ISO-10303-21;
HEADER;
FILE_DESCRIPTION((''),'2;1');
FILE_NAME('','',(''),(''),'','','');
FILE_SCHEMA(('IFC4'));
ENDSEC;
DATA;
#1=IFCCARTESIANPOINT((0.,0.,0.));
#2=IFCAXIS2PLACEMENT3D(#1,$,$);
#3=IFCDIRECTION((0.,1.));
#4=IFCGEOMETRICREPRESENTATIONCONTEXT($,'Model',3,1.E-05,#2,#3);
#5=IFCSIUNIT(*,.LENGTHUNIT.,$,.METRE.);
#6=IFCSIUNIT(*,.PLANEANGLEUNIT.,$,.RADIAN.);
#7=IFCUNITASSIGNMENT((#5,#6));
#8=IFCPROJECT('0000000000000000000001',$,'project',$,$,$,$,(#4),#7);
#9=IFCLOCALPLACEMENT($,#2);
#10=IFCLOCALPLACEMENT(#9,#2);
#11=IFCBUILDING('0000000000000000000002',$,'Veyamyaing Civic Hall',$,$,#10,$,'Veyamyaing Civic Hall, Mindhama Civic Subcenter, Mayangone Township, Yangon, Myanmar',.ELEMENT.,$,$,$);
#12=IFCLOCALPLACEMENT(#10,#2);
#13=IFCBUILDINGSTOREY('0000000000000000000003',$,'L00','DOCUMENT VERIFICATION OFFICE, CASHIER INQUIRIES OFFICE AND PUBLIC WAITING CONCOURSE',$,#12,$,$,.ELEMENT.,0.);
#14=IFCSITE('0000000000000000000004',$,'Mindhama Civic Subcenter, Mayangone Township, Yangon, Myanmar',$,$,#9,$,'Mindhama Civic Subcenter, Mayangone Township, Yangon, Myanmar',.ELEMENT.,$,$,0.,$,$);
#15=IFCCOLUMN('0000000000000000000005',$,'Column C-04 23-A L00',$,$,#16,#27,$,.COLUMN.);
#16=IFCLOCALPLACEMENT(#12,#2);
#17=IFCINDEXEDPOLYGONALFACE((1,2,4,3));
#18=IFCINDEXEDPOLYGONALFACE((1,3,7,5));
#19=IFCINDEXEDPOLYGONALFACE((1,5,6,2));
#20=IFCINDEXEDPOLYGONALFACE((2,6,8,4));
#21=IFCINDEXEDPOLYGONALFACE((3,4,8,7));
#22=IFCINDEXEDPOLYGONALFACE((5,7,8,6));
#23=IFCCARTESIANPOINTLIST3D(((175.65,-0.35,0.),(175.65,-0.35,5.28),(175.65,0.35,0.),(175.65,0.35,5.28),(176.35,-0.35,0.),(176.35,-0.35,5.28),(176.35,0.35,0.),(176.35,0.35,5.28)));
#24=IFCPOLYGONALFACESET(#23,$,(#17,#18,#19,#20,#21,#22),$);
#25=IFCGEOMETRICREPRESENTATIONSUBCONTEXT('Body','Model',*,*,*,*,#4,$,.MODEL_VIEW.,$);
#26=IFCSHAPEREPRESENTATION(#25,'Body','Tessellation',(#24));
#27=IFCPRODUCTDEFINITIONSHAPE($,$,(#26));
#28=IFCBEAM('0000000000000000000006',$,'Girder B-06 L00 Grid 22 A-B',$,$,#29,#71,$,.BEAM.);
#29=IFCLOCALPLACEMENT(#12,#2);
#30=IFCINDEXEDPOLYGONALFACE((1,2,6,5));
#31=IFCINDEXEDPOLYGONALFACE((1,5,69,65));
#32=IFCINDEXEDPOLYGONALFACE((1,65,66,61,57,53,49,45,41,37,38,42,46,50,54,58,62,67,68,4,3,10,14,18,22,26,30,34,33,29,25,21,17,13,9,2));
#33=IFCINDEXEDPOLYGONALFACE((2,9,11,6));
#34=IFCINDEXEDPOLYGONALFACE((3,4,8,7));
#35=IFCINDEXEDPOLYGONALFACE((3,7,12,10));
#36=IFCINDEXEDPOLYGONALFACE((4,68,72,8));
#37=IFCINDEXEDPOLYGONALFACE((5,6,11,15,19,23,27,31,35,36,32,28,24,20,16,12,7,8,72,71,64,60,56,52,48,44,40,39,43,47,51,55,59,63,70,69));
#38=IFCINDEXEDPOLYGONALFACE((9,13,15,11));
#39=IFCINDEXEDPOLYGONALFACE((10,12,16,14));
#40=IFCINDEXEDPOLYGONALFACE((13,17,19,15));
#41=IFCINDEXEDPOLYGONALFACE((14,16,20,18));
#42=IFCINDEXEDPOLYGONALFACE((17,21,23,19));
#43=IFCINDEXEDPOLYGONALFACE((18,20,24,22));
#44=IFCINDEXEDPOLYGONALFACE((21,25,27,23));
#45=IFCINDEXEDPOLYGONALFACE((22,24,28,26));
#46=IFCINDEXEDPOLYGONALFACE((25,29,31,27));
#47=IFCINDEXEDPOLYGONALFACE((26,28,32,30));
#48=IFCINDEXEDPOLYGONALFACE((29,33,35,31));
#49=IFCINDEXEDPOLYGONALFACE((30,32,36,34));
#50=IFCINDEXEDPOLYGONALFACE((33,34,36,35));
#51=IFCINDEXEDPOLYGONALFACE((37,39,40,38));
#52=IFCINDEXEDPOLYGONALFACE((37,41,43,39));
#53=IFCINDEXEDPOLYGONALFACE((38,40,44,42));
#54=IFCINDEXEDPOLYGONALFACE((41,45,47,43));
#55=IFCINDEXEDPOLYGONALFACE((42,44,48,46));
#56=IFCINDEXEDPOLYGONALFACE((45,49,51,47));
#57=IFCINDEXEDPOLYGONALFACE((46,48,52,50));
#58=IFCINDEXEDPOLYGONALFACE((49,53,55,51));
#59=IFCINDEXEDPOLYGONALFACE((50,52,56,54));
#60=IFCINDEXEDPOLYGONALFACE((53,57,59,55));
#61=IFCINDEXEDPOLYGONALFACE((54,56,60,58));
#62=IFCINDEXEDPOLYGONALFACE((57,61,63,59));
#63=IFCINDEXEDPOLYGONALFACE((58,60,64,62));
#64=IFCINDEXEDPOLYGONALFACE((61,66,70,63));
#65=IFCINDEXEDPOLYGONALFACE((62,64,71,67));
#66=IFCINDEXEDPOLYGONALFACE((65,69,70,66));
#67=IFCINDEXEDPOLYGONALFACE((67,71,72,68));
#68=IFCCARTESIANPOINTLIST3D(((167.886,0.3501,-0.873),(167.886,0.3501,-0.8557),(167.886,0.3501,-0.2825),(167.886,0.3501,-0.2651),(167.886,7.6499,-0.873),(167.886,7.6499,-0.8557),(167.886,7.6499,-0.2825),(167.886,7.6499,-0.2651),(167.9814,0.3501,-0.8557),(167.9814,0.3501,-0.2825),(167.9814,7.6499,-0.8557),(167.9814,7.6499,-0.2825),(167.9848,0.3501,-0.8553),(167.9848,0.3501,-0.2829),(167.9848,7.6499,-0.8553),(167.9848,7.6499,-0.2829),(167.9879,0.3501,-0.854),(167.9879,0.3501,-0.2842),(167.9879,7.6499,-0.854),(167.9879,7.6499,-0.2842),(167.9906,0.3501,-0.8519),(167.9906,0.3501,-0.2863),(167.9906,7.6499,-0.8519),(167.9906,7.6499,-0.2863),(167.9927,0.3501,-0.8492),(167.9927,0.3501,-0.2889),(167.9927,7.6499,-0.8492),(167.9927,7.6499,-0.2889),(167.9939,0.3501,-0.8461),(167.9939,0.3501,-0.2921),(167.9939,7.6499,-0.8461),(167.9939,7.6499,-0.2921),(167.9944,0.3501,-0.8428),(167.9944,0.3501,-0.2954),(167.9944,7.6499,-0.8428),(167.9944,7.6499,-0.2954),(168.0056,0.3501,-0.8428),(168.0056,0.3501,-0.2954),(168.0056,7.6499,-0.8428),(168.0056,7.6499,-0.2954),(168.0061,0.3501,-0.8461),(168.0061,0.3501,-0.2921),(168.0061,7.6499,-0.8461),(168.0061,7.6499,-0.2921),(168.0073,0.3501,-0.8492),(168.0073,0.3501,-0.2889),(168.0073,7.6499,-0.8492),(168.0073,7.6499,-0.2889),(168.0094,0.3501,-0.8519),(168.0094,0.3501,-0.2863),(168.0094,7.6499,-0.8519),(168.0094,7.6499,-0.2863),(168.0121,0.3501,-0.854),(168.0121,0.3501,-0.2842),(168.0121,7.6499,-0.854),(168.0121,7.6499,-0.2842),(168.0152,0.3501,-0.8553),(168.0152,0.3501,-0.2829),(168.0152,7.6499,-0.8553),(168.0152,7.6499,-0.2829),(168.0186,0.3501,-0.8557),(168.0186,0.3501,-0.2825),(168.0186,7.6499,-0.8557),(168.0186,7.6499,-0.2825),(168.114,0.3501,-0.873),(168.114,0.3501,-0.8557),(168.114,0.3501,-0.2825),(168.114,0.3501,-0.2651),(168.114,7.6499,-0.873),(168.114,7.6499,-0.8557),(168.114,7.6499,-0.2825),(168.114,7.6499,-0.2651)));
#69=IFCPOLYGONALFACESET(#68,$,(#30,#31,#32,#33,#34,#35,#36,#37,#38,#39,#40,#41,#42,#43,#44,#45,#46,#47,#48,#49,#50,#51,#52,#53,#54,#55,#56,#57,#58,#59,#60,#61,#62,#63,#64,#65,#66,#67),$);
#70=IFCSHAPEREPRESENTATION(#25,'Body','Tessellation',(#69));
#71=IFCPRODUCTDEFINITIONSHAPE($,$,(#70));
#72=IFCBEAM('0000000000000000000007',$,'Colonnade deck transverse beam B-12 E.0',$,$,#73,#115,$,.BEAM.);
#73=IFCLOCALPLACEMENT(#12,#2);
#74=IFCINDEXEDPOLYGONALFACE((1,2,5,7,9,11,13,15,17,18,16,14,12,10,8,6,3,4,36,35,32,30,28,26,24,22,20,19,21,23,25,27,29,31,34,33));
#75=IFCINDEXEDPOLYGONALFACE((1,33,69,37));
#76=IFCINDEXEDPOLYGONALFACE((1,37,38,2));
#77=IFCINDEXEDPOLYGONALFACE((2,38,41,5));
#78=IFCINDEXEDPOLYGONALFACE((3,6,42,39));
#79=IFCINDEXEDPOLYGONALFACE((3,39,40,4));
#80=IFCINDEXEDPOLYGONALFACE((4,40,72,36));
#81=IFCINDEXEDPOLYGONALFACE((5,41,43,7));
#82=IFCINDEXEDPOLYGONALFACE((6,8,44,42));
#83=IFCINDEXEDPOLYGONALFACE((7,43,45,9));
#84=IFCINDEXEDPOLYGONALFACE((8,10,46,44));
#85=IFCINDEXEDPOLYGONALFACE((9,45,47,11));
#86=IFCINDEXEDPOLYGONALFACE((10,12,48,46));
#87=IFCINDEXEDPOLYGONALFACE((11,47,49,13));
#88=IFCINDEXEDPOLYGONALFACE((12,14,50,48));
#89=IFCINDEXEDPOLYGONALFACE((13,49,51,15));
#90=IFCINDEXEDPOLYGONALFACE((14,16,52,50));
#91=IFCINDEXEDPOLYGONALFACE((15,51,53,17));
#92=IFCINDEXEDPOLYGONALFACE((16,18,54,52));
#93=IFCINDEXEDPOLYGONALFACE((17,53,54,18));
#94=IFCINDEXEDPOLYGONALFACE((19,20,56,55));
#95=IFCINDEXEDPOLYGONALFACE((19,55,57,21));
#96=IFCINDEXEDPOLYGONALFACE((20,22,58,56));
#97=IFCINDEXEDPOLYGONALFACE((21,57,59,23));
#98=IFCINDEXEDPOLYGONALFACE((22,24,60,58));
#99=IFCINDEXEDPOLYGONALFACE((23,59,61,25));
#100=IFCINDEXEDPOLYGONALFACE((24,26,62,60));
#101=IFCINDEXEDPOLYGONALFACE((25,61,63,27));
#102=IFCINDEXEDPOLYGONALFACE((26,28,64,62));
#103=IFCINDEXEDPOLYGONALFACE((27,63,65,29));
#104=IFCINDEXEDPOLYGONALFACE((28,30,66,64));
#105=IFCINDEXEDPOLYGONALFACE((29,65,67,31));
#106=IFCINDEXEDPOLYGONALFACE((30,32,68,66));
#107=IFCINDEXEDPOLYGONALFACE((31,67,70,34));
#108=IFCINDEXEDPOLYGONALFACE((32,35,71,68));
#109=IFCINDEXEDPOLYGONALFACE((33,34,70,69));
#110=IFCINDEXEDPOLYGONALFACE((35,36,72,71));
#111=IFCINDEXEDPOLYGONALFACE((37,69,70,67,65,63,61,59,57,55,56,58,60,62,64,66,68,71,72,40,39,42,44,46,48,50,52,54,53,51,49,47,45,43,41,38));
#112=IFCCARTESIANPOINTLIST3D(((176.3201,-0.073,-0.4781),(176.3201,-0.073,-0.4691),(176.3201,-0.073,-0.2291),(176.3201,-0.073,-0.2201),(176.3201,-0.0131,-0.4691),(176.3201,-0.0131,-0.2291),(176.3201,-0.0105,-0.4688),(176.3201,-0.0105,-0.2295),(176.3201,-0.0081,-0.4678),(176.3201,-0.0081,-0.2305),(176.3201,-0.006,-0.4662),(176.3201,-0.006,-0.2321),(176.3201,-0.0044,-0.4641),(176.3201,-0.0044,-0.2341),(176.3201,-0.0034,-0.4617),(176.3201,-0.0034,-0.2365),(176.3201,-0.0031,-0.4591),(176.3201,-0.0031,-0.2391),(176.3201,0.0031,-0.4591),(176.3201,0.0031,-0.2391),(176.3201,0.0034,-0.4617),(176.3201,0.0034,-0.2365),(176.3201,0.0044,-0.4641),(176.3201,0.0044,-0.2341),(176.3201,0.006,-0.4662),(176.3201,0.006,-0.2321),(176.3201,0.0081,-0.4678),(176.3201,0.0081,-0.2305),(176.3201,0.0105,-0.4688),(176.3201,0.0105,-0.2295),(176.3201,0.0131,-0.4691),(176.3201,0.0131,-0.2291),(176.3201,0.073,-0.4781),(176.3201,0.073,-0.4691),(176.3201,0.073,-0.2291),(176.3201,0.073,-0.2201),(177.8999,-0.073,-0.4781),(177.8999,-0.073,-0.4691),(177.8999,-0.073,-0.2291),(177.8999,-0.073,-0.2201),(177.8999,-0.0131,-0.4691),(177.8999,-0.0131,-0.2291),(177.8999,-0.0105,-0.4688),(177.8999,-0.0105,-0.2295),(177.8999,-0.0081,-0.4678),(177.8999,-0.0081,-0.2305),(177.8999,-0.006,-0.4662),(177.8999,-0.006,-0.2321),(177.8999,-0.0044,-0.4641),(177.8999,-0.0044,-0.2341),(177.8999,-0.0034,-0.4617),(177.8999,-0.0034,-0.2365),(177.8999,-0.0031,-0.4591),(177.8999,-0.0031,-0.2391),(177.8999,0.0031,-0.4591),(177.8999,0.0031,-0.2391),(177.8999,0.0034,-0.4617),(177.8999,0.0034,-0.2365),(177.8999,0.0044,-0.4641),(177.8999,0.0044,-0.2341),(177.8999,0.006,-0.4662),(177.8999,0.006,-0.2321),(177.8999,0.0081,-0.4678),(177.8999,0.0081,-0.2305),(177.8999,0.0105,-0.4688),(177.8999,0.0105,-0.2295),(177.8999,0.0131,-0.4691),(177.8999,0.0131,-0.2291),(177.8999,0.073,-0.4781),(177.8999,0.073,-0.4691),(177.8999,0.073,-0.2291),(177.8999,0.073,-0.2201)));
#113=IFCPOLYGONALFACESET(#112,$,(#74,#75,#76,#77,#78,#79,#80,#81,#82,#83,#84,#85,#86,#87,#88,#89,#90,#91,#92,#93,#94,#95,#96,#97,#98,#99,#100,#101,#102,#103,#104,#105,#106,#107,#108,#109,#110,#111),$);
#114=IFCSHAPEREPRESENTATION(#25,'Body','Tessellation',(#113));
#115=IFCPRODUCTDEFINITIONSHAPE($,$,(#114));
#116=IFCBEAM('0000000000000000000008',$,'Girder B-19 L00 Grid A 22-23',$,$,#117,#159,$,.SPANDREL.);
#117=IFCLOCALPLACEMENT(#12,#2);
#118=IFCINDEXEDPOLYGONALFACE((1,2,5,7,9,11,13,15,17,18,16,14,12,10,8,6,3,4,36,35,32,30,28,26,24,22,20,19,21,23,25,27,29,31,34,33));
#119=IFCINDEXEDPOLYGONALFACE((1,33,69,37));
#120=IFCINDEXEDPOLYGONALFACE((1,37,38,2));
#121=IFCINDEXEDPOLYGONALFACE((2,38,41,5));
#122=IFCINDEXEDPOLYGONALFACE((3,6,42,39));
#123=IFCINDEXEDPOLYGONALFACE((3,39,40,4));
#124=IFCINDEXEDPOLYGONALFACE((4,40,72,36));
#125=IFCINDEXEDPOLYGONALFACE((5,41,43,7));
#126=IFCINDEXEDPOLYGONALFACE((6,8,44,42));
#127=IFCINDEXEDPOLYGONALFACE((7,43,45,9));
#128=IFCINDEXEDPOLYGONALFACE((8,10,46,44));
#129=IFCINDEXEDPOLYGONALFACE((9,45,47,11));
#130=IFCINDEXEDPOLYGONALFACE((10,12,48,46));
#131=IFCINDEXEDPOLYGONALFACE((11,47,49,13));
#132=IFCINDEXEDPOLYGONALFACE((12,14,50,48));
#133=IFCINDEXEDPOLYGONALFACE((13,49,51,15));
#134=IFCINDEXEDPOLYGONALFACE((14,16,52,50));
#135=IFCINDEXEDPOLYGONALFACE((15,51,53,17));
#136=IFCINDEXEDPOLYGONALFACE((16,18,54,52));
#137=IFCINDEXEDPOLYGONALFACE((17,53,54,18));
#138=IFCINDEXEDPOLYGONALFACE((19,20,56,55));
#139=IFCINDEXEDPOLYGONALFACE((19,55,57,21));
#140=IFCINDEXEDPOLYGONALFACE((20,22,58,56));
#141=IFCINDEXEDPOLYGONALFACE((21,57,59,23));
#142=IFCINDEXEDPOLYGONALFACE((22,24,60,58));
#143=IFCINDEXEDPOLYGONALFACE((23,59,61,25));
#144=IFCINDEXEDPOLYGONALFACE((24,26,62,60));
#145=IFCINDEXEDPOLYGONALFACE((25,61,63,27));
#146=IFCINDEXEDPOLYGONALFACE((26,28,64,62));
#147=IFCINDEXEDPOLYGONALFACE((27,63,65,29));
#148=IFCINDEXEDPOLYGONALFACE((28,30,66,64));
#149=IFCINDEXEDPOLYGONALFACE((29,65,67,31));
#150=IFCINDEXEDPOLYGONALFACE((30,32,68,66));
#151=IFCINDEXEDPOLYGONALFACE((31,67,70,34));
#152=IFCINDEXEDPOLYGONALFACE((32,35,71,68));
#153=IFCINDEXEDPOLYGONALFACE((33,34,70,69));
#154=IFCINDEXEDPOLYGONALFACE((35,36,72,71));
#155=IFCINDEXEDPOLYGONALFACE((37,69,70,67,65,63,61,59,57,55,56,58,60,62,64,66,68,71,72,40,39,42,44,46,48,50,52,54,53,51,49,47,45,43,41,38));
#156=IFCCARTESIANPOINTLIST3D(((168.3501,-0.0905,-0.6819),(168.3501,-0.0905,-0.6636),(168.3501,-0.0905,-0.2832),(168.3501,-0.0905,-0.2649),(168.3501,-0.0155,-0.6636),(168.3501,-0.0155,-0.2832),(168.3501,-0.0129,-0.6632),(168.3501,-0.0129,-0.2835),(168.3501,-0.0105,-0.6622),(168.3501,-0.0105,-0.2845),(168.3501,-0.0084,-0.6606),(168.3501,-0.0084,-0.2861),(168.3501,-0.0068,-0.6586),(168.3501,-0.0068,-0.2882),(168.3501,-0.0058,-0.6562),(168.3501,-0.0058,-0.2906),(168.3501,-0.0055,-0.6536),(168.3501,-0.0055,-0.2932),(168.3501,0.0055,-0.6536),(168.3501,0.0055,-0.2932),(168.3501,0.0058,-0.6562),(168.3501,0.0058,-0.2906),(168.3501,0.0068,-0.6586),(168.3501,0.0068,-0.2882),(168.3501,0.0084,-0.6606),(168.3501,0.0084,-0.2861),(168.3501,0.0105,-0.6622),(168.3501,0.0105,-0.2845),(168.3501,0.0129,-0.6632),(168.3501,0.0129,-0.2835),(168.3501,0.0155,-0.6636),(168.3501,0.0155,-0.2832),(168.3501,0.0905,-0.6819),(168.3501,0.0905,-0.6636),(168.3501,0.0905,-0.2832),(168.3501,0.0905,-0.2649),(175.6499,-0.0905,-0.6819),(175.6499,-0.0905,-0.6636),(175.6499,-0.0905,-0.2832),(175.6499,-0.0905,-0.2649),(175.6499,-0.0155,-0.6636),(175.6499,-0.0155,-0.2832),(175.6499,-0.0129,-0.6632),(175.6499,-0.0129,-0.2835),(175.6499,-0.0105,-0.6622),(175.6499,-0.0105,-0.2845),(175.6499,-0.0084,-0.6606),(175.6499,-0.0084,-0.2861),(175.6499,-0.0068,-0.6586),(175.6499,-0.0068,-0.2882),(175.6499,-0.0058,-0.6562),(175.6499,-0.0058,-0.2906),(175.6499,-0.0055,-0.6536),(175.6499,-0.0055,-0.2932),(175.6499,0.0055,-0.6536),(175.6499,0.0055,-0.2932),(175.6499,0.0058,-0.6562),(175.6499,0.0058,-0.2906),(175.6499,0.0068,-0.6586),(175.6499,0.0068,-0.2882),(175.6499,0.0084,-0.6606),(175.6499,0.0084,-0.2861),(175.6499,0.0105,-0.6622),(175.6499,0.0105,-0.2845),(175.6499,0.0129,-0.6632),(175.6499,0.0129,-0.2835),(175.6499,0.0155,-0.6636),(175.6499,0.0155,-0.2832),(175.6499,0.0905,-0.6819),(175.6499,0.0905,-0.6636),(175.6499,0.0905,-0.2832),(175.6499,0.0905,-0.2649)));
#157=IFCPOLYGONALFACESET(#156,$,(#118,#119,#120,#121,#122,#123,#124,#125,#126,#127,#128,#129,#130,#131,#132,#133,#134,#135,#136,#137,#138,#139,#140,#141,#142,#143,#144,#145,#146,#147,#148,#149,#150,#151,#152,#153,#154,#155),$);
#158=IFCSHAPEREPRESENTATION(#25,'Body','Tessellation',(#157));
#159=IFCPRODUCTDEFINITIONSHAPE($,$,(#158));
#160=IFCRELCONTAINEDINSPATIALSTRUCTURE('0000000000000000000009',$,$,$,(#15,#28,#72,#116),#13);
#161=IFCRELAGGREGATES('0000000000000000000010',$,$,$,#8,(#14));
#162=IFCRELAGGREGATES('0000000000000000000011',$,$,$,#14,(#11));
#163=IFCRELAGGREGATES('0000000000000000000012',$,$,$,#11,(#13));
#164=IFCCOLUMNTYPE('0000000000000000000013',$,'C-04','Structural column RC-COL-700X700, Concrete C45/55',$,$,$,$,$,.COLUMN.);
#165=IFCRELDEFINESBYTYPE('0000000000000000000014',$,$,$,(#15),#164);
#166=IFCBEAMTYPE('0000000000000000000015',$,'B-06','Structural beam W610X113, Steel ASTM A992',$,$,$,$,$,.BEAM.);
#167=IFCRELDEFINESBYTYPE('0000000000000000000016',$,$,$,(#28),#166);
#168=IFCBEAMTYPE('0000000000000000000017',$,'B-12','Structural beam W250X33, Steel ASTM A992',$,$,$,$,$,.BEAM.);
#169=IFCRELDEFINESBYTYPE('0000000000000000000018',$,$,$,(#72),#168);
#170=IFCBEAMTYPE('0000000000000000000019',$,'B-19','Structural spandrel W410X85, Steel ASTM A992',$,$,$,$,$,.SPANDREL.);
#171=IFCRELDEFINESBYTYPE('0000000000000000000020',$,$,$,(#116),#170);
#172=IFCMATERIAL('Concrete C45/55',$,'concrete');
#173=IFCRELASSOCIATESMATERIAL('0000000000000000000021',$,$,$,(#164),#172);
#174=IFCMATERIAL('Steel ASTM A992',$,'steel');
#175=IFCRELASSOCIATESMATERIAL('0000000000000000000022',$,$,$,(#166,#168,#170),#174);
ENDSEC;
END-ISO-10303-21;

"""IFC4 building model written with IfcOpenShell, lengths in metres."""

from ifc_helpers import new_model, si_unit, direction, frame, origin, origin_2d, place, context, subcontext, project, spatial, rectangle, i_section, extrude, material, material_profile, profile_set, type_object, element, save


model = new_model("IFC4")

# Units and contexts
model_context = context("Model", 3, precision=1e-05, world=origin(), true_north=direction((0.0, 1.0)))
body_context = subcontext(model_context, "Body", "Model", "MODEL_VIEW")
ifc_project = project(units=[si_unit("LENGTHUNIT", "METRE"), si_unit("PLANEANGLEUNIT", "RADIAN")], contexts=[model_context])

# Site, building, storey
site_placement = place(None, origin())
site = spatial("IfcSite", under=ifc_project, at=site_placement, Name="Mindhama Civic Subcenter, Mayangone Township, Yangon, Myanmar", LongName="Mindhama Civic Subcenter, Mayangone Township, Yangon, Myanmar", CompositionType="ELEMENT", RefElevation=0.0)
building_placement = place(site_placement, origin())
building = spatial("IfcBuilding", under=site, at=building_placement, Name="Veyamyaing Civic Hall", LongName="Veyamyaing Civic Hall, Mindhama Civic Subcenter, Mayangone Township, Yangon, Myanmar", CompositionType="ELEMENT")
storey_placement = place(building_placement, origin())
storey = spatial("IfcBuildingStorey", under=building, at=storey_placement, Name="L00", Description="DOCUMENT VERIFICATION OFFICE, CASHIER INQUIRIES OFFICE AND PUBLIC WAITING CONCOURSE", CompositionType="ELEMENT", Elevation=0.0)

# Column
ifc_material_1 = material(Name="Concrete C45/55", Category="concrete")
ifc_material_profile_1 = material_profile(ifc_material_1, rectangle(XDim=0.7, YDim=0.7, at=origin_2d()), Name="RC-COL-700X700")
ifc_profile_set_1 = profile_set([ifc_material_profile_1], Name="Concrete C45/55")
column_type = type_object("IfcColumnType", Name="C-04", Description="Structural column RC-COL-700X700, Concrete C45/55", PredefinedType="COLUMN", material=ifc_profile_set_1)
column_placement = place(storey_placement, frame((176.0, 0.0, 0.0), z_axis=(0.0, 0.0, 1.0), x_axis=(1.0, 0.0, 0.0)))
element("IfcColumn", 1, at=column_placement, inside=storey, type_object=column_type, Name="Column C-04 23-A L00", PredefinedType="COLUMN", context=body_context, shape_type="SweptSolid", body=[
    extrude(rectangle(XDim=0.7, YDim=0.7, at=origin_2d()), origin(), (0.0, 0.0, 1.0), 5.28),
])

# Beams
ifc_material_2 = material(Name="Steel ASTM A992", Category="steel")
ifc_material_profile_2 = material_profile(ifc_material_2, i_section(OverallWidth=0.228, OverallDepth=0.6079, WebThickness=0.0112, FlangeThickness=0.0173, FilletRadius=0.0129, at=origin_2d()), Name="W610X113")
ifc_profile_set_2 = profile_set([ifc_material_profile_2], Name="Steel ASTM A992")
beam_type_1 = type_object("IfcBeamType", Name="B-06", Description="Structural beam W610X113, Steel ASTM A992", PredefinedType="BEAM", material=ifc_profile_set_2)
beam_1_placement = place(storey_placement, frame((168.0, 0.3501, -0.5691), z_axis=(0.0, 1.0, 0.0), x_axis=(-1.0, 0.0, 0.0)))
element("IfcBeam", 2, at=beam_1_placement, inside=storey, type_object=beam_type_1, Name="Girder B-06 L00 Grid 22 A-B", PredefinedType="BEAM", context=body_context, shape_type="SweptSolid", body=[
    extrude(i_section(OverallWidth=0.228, OverallDepth=0.6079, WebThickness=0.0112, FlangeThickness=0.0173, FilletRadius=0.0129, at=origin_2d()), origin(), (0.0, 0.0, 1.0), 7.2998),
])
ifc_material_profile_3 = material_profile(ifc_material_2, i_section(OverallWidth=0.146, OverallDepth=0.2581, WebThickness=0.0061, FlangeThickness=0.009, FilletRadius=0.01, at=origin_2d()), Name="W250X33")
ifc_profile_set_3 = profile_set([ifc_material_profile_3], Name="Steel ASTM A992")
beam_type_2 = type_object("IfcBeamType", Name="B-12", Description="Structural beam W250X33, Steel ASTM A992", PredefinedType="BEAM", material=ifc_profile_set_3)
beam_2_placement = place(storey_placement, frame((176.3201, 0.0, -0.3491), z_axis=(1.0, 0.0, 0.0), x_axis=(0.0, 1.0, 0.0)))
element("IfcBeam", 3, at=beam_2_placement, inside=storey, type_object=beam_type_2, Name="Colonnade deck transverse beam B-12 E.0", PredefinedType="BEAM", context=body_context, shape_type="SweptSolid", body=[
    extrude(i_section(OverallWidth=0.146, OverallDepth=0.2581, WebThickness=0.0061, FlangeThickness=0.009, FilletRadius=0.01, at=origin_2d()), origin(), (0.0, 0.0, 1.0), 1.5798),
])
ifc_material_profile_4 = material_profile(ifc_material_2, i_section(OverallWidth=0.1809, OverallDepth=0.417, WebThickness=0.011, FlangeThickness=0.0183, FilletRadius=0.01, at=origin_2d()), Name="W410X85")
ifc_profile_set_4 = profile_set([ifc_material_profile_4], Name="Steel ASTM A992")
beam_type_3 = type_object("IfcBeamType", Name="B-19", Description="Structural spandrel W410X85, Steel ASTM A992", PredefinedType="SPANDREL", material=ifc_profile_set_4)
beam_3_placement = place(storey_placement, frame((168.3501, 0.0, -0.4734), z_axis=(1.0, 0.0, 0.0), x_axis=(0.0, 1.0, 0.0)))
element("IfcBeam", 4, at=beam_3_placement, inside=storey, type_object=beam_type_3, Name="Girder B-19 L00 Grid A 22-23", PredefinedType="SPANDREL", context=body_context, shape_type="SweptSolid", body=[
    extrude(i_section(OverallWidth=0.1809, OverallDepth=0.417, WebThickness=0.011, FlangeThickness=0.0183, FilletRadius=0.01, at=origin_2d()), origin(), (0.0, 0.0, 1.0), 7.2998),
])

save(model, "model.ifc")
